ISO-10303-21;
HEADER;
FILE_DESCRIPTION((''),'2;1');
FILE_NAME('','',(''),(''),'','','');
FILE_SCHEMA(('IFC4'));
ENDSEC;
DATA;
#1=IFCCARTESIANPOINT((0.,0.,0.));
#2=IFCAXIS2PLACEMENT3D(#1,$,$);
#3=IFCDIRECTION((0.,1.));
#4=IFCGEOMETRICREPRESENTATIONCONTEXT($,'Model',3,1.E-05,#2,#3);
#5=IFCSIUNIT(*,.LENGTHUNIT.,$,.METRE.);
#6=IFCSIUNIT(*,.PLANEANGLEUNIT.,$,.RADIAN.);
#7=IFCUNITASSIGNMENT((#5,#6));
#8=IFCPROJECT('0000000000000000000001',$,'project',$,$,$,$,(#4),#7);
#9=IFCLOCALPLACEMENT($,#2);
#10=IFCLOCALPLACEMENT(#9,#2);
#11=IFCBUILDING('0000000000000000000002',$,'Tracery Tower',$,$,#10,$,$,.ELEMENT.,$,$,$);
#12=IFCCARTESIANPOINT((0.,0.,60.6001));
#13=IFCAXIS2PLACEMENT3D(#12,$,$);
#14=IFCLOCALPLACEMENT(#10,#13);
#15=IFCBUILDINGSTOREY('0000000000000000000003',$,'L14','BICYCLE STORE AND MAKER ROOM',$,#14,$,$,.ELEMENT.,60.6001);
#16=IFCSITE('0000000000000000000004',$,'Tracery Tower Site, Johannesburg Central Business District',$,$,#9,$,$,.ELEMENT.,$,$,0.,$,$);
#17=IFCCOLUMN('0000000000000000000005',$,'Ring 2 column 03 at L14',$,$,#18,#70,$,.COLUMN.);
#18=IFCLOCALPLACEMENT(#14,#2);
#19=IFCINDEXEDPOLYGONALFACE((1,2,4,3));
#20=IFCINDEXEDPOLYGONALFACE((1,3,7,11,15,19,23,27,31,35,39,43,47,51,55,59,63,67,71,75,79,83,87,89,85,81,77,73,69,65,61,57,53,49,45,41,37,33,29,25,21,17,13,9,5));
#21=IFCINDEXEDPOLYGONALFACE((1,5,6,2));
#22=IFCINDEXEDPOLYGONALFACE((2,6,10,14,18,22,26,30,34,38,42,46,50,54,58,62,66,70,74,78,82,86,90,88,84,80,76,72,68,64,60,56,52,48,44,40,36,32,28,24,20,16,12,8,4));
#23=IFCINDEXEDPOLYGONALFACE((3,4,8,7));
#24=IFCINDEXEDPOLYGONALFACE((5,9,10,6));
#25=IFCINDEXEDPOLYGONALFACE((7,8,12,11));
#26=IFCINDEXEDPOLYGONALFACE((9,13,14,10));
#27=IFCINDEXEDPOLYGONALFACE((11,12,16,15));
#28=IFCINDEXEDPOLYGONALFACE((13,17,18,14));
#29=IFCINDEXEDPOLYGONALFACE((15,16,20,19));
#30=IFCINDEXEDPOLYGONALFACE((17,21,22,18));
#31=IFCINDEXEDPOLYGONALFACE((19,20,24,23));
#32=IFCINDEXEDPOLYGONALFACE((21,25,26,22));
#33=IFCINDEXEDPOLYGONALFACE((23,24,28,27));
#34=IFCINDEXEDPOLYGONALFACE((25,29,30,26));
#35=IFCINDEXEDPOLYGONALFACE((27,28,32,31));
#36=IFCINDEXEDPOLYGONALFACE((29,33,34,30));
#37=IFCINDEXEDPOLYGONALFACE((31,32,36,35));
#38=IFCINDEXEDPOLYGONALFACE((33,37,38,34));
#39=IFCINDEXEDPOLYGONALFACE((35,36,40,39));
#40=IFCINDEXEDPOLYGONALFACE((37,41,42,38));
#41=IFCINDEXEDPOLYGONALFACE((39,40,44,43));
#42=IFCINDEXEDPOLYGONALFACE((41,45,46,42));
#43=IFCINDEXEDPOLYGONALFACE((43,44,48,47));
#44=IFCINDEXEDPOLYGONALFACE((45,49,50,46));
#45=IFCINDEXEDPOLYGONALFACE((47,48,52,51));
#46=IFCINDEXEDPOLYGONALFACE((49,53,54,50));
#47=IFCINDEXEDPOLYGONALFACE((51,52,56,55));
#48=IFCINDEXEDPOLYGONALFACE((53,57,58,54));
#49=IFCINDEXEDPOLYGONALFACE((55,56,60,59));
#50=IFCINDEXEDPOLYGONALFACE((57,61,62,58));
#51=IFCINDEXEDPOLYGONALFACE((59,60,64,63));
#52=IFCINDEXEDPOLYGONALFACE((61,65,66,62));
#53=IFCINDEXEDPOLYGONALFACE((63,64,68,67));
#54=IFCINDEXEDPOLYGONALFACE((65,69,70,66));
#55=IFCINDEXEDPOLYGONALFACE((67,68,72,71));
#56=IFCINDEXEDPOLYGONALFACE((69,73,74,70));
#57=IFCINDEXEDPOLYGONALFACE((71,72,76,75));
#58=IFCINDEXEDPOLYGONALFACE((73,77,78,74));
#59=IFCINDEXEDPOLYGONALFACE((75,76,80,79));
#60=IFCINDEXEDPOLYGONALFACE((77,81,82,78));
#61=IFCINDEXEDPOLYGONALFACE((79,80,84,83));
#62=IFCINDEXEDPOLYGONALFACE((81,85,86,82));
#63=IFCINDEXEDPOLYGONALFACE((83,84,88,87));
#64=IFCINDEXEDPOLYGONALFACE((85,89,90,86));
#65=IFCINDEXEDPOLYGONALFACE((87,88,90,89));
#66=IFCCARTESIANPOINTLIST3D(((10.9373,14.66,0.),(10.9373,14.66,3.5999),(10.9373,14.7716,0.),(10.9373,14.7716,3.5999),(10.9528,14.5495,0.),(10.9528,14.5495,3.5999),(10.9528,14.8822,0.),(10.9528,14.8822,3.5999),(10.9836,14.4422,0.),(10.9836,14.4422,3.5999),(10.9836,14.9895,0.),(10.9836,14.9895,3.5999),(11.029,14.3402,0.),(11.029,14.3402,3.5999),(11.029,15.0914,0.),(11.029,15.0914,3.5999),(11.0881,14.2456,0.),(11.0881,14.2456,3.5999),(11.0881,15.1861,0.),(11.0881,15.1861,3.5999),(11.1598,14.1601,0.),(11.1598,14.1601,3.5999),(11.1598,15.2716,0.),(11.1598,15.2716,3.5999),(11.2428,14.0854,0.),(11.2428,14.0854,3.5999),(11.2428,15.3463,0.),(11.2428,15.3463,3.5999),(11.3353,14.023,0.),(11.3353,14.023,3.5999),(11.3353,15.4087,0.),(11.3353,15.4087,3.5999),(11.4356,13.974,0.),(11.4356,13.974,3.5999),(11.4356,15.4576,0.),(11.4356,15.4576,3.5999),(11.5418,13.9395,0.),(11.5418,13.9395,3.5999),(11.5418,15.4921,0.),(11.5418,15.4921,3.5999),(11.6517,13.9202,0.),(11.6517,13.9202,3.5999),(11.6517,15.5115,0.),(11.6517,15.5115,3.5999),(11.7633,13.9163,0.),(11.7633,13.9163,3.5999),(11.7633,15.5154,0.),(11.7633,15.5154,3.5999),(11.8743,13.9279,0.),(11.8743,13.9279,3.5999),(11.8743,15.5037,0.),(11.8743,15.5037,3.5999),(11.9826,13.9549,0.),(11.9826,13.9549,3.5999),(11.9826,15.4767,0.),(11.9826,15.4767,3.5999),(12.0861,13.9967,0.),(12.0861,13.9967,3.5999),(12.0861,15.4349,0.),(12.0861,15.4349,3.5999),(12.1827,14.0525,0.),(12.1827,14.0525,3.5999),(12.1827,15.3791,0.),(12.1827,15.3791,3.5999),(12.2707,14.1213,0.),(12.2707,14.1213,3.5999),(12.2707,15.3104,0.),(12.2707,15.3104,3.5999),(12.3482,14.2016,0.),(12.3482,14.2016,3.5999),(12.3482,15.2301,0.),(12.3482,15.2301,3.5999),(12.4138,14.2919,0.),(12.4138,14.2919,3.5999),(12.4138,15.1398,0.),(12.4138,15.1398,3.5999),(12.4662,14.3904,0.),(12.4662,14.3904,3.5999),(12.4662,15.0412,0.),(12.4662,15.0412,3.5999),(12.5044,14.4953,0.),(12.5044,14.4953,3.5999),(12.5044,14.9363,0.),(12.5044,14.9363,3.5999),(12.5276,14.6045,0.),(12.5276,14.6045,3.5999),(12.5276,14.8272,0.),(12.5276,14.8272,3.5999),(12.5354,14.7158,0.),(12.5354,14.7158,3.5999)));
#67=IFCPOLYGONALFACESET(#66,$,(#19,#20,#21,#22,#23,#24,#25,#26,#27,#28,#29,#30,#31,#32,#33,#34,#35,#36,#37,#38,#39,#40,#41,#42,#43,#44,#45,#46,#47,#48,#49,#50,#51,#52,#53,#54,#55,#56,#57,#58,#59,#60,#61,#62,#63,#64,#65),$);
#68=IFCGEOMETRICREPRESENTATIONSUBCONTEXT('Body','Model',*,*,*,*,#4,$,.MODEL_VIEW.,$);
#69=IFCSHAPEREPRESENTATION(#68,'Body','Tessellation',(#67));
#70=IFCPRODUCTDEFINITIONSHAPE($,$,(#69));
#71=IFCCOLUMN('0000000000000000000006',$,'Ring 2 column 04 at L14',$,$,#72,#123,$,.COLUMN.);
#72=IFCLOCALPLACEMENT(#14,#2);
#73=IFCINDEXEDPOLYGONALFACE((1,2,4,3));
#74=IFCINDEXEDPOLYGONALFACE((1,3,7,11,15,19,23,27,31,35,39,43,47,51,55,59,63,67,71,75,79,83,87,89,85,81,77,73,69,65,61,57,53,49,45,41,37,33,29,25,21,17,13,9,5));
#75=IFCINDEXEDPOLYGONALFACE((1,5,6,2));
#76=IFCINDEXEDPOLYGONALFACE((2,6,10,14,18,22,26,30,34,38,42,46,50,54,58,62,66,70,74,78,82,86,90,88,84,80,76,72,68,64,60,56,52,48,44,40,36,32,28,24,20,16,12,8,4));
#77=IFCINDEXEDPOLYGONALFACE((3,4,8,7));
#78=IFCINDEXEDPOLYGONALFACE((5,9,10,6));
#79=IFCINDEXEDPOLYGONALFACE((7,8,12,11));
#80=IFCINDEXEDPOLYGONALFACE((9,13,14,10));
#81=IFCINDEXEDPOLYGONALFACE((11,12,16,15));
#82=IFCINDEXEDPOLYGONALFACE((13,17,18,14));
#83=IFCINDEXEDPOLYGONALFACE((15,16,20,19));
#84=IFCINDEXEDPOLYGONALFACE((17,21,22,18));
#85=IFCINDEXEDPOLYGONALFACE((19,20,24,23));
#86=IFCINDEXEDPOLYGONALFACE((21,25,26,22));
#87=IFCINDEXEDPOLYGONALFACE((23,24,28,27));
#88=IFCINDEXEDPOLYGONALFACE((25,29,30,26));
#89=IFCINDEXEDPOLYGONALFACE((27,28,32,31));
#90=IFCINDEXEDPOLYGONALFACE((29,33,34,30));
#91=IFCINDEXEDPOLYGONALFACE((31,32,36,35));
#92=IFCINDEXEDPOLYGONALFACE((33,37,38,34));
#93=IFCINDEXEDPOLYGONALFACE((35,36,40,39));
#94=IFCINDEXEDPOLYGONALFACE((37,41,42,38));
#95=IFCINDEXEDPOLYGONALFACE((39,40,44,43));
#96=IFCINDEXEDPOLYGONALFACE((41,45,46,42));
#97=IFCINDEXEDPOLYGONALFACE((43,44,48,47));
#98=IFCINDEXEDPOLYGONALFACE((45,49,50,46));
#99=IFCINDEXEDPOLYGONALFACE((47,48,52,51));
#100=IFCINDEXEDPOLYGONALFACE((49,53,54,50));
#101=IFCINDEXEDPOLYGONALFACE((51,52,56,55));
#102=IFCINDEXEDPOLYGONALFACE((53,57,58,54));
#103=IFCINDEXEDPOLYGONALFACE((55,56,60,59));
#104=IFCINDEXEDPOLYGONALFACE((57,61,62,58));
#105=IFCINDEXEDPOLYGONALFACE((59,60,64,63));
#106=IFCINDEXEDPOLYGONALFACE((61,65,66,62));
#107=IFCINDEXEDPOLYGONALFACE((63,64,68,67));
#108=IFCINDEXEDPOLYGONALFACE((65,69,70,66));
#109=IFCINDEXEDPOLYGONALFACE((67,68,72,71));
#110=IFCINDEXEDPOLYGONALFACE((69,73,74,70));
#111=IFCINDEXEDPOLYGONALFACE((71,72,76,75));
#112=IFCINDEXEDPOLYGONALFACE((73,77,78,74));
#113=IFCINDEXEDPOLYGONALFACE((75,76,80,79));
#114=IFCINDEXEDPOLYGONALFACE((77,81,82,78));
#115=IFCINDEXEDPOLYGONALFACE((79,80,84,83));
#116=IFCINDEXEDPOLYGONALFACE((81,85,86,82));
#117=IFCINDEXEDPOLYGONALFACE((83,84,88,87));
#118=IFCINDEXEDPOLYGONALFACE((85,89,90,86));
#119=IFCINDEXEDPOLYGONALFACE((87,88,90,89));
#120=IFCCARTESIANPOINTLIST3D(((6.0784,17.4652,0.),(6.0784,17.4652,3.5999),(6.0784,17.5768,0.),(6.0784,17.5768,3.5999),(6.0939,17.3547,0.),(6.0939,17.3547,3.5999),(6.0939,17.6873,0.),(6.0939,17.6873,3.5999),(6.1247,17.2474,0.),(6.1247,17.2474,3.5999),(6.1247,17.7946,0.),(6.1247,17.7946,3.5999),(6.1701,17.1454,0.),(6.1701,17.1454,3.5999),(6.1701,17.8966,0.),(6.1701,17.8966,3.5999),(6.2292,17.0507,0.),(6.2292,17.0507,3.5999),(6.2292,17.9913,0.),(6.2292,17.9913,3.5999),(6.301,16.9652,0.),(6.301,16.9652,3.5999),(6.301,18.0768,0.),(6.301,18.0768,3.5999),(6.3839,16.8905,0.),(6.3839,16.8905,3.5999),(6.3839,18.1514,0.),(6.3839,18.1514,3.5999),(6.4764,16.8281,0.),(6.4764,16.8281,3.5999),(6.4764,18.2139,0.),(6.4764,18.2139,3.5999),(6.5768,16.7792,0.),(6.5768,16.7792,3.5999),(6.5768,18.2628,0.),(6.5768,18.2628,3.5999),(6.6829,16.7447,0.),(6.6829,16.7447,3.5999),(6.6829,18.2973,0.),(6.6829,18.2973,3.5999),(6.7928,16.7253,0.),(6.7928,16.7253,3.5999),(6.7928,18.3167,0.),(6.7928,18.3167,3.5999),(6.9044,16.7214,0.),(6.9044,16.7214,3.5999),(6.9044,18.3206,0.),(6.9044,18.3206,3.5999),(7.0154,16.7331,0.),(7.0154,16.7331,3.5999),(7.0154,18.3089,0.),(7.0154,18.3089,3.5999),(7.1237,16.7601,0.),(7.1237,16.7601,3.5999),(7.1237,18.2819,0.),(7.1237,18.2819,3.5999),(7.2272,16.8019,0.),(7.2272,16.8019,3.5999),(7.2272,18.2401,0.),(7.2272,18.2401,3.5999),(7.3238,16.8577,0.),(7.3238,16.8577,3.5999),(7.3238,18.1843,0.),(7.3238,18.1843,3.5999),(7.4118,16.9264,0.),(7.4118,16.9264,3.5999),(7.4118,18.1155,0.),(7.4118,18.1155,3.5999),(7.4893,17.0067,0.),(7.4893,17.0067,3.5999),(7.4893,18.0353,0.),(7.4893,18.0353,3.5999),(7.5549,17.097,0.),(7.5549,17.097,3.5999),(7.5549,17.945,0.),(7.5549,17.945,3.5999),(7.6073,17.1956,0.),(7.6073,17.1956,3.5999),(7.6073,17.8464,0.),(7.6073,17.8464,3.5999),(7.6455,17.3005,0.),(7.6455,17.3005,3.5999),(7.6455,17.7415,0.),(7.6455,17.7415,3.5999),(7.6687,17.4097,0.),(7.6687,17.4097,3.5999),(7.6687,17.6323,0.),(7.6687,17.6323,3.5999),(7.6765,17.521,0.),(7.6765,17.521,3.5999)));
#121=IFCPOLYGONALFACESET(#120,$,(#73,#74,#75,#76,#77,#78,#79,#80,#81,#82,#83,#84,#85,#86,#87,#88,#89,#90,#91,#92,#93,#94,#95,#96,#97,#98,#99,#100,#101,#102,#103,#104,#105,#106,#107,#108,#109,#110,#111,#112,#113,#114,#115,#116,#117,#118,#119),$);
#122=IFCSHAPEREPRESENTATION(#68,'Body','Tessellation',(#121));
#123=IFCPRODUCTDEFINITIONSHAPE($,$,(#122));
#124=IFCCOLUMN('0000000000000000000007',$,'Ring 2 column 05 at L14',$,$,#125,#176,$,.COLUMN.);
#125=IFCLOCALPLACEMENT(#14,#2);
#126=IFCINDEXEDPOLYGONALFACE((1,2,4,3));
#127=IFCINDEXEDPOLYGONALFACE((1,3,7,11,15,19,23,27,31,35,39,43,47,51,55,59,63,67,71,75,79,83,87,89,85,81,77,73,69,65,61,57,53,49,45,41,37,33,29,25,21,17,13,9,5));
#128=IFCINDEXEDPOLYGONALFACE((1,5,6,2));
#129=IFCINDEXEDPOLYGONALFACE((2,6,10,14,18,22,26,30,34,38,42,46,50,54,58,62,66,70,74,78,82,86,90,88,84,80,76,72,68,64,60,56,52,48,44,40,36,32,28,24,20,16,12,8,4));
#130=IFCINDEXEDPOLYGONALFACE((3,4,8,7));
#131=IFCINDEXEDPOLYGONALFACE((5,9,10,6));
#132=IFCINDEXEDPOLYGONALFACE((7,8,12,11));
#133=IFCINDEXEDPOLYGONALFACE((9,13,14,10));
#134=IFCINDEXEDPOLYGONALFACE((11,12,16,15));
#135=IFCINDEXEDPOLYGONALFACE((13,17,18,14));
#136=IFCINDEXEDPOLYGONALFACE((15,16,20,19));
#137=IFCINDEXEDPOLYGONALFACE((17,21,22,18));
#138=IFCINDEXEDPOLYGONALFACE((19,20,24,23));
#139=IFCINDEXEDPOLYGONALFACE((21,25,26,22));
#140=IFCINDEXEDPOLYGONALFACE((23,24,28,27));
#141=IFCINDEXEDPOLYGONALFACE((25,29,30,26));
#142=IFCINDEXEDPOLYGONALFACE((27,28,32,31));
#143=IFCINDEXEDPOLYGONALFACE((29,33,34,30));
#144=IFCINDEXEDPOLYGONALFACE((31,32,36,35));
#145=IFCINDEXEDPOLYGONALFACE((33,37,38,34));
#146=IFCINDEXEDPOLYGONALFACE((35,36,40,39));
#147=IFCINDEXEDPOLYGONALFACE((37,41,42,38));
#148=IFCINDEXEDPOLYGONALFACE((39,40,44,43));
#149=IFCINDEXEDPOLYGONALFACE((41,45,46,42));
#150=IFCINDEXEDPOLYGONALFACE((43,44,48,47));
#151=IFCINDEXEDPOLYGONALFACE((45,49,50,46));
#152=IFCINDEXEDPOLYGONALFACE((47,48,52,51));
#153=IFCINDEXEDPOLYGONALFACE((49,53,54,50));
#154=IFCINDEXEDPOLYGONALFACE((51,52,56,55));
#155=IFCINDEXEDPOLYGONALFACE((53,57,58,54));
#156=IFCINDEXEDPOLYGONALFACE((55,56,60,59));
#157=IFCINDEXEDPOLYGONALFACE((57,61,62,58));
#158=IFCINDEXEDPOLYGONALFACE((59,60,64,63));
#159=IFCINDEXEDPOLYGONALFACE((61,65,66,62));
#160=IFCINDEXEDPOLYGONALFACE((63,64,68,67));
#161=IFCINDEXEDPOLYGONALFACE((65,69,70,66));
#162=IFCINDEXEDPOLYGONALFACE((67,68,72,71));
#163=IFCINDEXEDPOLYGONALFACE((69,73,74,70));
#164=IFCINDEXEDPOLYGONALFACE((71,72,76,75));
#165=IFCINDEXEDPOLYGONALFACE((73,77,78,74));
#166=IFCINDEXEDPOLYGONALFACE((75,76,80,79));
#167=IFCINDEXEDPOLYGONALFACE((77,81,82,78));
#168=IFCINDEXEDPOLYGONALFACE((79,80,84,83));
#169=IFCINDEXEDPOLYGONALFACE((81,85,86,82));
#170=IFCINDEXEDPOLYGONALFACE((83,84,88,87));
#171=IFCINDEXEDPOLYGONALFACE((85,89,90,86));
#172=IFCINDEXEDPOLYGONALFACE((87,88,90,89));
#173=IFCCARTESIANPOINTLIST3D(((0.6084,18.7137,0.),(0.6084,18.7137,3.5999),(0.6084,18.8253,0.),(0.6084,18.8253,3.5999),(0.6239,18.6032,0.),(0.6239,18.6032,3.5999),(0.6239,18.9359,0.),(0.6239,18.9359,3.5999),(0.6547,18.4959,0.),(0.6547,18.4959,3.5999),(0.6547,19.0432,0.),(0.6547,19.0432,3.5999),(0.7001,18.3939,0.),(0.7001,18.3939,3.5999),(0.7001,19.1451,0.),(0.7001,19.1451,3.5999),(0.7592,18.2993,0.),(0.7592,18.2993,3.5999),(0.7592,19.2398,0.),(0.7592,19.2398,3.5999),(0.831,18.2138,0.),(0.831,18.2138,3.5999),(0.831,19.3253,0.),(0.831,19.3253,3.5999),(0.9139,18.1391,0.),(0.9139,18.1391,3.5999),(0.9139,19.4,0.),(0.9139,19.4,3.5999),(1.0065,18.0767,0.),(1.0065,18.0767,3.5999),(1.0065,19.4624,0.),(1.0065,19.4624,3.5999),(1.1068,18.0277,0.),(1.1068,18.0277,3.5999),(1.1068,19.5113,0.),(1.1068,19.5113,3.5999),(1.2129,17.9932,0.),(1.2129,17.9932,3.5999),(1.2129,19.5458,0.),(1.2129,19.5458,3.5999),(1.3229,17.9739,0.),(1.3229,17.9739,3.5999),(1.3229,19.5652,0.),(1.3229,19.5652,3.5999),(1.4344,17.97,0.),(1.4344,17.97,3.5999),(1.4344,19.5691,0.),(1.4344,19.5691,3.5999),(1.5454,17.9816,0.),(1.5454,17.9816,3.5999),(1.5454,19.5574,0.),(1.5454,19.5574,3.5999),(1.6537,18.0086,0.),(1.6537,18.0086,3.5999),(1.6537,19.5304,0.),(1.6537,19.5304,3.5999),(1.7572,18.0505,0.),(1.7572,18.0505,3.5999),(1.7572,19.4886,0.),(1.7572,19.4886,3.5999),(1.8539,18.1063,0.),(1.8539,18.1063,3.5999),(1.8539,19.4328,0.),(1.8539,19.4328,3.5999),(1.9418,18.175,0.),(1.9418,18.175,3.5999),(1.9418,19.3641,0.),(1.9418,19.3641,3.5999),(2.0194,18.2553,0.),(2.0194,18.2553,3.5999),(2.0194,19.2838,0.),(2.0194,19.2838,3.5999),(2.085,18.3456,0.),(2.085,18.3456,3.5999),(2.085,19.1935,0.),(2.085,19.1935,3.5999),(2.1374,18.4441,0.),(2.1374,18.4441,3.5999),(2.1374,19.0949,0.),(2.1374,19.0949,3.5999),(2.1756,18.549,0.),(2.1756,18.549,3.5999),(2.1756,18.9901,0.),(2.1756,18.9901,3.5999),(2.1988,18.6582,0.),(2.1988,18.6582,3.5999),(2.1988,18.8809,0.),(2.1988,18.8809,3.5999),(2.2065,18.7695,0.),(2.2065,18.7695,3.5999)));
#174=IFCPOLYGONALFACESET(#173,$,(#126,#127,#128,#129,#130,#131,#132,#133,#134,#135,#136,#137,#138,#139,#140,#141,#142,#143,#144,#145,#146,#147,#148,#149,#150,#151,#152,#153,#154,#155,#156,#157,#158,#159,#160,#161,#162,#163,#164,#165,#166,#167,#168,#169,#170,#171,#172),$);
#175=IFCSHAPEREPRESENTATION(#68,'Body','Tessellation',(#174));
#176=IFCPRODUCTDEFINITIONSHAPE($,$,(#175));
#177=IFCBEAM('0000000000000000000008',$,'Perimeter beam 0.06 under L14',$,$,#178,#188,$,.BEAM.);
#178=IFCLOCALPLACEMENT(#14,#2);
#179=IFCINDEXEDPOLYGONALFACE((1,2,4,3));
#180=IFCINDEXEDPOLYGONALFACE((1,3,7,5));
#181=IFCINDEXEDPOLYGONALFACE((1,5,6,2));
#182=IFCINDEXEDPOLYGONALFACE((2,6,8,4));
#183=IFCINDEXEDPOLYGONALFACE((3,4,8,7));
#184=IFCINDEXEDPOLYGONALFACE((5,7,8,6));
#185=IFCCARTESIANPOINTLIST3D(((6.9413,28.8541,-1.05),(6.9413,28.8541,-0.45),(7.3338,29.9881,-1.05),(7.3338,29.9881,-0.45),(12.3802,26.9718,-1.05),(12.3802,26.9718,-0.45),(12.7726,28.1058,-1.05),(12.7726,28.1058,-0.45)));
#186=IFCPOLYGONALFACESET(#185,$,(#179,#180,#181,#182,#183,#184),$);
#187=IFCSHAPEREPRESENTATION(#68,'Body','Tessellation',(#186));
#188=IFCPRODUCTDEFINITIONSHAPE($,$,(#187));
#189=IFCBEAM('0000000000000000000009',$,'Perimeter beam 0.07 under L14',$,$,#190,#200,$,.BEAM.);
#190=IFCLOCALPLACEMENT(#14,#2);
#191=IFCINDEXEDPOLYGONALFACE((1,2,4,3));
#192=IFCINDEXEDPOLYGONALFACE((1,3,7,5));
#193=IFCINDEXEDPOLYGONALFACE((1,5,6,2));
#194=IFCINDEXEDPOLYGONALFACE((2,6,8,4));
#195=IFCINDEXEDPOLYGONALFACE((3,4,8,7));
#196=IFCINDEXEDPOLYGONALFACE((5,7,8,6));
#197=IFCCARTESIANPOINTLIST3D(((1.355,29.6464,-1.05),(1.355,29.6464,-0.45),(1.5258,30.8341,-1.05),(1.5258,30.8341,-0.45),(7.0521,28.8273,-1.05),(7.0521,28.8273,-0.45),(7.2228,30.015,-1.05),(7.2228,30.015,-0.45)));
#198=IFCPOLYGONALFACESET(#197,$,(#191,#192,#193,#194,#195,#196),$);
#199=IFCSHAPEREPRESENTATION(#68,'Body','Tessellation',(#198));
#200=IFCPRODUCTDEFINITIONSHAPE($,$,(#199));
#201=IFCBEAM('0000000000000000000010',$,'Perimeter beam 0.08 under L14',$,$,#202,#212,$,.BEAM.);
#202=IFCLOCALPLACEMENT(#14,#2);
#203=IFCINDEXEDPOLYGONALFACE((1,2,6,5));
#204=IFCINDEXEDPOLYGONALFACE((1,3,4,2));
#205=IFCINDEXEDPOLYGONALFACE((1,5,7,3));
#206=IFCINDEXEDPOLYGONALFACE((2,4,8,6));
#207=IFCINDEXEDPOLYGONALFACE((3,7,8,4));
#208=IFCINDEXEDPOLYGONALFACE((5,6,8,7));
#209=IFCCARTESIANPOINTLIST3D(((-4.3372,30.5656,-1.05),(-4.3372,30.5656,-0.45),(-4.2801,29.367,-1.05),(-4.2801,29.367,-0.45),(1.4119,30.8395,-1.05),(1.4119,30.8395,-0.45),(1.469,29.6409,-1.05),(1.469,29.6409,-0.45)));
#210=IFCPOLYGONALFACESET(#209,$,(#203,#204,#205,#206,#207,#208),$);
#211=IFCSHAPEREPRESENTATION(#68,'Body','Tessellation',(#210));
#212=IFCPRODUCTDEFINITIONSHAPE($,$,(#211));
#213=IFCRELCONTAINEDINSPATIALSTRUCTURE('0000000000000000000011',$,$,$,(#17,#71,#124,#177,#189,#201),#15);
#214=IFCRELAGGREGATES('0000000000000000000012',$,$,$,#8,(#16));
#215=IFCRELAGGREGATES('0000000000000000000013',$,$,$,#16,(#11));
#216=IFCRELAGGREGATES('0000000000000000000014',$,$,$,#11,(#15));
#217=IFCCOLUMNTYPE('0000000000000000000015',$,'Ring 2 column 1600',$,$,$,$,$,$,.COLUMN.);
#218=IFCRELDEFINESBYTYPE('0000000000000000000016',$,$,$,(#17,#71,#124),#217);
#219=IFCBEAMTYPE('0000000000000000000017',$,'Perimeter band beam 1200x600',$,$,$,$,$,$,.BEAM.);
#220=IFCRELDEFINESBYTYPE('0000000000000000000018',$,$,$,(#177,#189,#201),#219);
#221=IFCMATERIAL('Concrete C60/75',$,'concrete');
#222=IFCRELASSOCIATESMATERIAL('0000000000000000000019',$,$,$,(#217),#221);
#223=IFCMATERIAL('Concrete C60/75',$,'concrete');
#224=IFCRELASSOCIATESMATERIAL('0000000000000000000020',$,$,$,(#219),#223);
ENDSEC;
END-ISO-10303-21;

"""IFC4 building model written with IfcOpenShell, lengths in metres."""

from ifc_helpers import new_model, si_unit, direction, frame, origin, origin_2d, place, context, subcontext, project, spatial, rectangle, circle, extrude, material, material_profile, profile_set, type_object, element, save


model = new_model("IFC4")

# Units and contexts
model_context = context("Model", 3, precision=1e-05, world=origin(), true_north=direction((0.0, 1.0)))
body_context = subcontext(model_context, "Body", "Model", "MODEL_VIEW")
ifc_project = project(units=[si_unit("LENGTHUNIT", "METRE"), si_unit("PLANEANGLEUNIT", "RADIAN")], contexts=[model_context])

# Site, building, storey
site_placement = place(None, origin())
site = spatial("IfcSite", under=ifc_project, at=site_placement, Name="Tracery Tower Site, Johannesburg Central Business District", CompositionType="ELEMENT", RefElevation=0.0)
building_placement = place(site_placement, origin())
building = spatial("IfcBuilding", under=site, at=building_placement, Name="Tracery Tower", CompositionType="ELEMENT")
storey_placement = place(building_placement, frame((0.0, 0.0, 60.6001)))
storey = spatial("IfcBuildingStorey", under=building, at=storey_placement, Name="L14", Description="BICYCLE STORE AND MAKER ROOM", CompositionType="ELEMENT", Elevation=60.6001)

# Columns
ifc_material_1 = material(Name="Concrete C60/75", Category="concrete")
ifc_material_profile_1 = material_profile(ifc_material_1, circle(Radius=0.8, at=origin_2d()), Name="RC D1600")
ifc_profile_set_1 = profile_set([ifc_material_profile_1], Name="Concrete C60/75")
column_type_1 = type_object("IfcColumnType", Name="Ring 2 column 1600", PredefinedType="COLUMN", material=ifc_profile_set_1)
for number, where, z_axis, x_axis, name in (
    (1, (11.7354, 14.7158, 0.0), (0.0, 0.0, 1.0), (1.0, 0.0, 0.0), "Ring 2 column 03 at L14"),
    (2, (6.8765, 17.521, 0.0), (0.0, 0.0, 1.0), (1.0, 0.0, 0.0), "Ring 2 column 04 at L14"),
    (3, (1.4065, 18.7695, 0.0), (0.0, 0.0, 1.0), (1.0, 0.0, 0.0), "Ring 2 column 05 at L14"),
):
    element("IfcColumn", number, at=place(storey_placement, frame(where, z_axis=z_axis, x_axis=x_axis)), inside=storey, type_object=column_type_1, Name=name, PredefinedType="COLUMN", context=body_context, shape_type="SweptSolid", body=[
        extrude(circle(Radius=0.8, at=origin_2d()), origin(), (0.0, 0.0, 1.0), 3.5999),
    ])

# Beams
ifc_material_2 = material(Name="Concrete C60/75", Category="concrete")
ifc_material_profile_2 = material_profile(ifc_material_2, rectangle(XDim=1.2, YDim=0.6001, at=origin_2d()), Name="RC 1200x600")
ifc_profile_set_2 = profile_set([ifc_material_profile_2], Name="Concrete C60/75")
beam_type = type_object("IfcBeamType", Name="Perimeter band beam 1200x600", PredefinedType="BEAM", material=ifc_profile_set_2)
beam_placement = place(storey_placement, frame((12.5764, 27.5388, -0.75), z_axis=(-0.945007, 0.327049, 0.0), x_axis=(-0.327049, -0.945007, 0.0)))
element("IfcBeam", 4, at=beam_placement, inside=storey, type_object=beam_type, Name="Perimeter beam 0.06 under L14", PredefinedType="BEAM", context=body_context, shape_type="SweptSolid", body=[
    extrude(rectangle(XDim=1.2, YDim=0.6001, at=origin_2d()), origin(), (0.0, 0.0, 1.0), 5.7554),
])
for number, where, z_axis, x_axis, name in (
    (5, (7.1375, 29.4211, -0.75), (-0.989822, 0.142312, 0.0), (-0.142312, -0.989822, 0.0), "Perimeter beam 0.07 under L14"),
    (6, (1.4404, 30.2402, -0.75), (-0.998867, -0.047593, 0.0), (0.047593, -0.998867, 0.0), "Perimeter beam 0.08 under L14"),
):
    element("IfcBeam", number, at=place(storey_placement, frame(where, z_axis=z_axis, x_axis=x_axis)), inside=storey, type_object=beam_type, Name=name, PredefinedType="BEAM", context=body_context, shape_type="SweptSolid", body=[
        extrude(rectangle(XDim=1.2, YDim=0.6001, at=origin_2d()), origin(), (0.0, 0.0, 1.0), 5.7556),
    ])

save(model, "model.ifc")
